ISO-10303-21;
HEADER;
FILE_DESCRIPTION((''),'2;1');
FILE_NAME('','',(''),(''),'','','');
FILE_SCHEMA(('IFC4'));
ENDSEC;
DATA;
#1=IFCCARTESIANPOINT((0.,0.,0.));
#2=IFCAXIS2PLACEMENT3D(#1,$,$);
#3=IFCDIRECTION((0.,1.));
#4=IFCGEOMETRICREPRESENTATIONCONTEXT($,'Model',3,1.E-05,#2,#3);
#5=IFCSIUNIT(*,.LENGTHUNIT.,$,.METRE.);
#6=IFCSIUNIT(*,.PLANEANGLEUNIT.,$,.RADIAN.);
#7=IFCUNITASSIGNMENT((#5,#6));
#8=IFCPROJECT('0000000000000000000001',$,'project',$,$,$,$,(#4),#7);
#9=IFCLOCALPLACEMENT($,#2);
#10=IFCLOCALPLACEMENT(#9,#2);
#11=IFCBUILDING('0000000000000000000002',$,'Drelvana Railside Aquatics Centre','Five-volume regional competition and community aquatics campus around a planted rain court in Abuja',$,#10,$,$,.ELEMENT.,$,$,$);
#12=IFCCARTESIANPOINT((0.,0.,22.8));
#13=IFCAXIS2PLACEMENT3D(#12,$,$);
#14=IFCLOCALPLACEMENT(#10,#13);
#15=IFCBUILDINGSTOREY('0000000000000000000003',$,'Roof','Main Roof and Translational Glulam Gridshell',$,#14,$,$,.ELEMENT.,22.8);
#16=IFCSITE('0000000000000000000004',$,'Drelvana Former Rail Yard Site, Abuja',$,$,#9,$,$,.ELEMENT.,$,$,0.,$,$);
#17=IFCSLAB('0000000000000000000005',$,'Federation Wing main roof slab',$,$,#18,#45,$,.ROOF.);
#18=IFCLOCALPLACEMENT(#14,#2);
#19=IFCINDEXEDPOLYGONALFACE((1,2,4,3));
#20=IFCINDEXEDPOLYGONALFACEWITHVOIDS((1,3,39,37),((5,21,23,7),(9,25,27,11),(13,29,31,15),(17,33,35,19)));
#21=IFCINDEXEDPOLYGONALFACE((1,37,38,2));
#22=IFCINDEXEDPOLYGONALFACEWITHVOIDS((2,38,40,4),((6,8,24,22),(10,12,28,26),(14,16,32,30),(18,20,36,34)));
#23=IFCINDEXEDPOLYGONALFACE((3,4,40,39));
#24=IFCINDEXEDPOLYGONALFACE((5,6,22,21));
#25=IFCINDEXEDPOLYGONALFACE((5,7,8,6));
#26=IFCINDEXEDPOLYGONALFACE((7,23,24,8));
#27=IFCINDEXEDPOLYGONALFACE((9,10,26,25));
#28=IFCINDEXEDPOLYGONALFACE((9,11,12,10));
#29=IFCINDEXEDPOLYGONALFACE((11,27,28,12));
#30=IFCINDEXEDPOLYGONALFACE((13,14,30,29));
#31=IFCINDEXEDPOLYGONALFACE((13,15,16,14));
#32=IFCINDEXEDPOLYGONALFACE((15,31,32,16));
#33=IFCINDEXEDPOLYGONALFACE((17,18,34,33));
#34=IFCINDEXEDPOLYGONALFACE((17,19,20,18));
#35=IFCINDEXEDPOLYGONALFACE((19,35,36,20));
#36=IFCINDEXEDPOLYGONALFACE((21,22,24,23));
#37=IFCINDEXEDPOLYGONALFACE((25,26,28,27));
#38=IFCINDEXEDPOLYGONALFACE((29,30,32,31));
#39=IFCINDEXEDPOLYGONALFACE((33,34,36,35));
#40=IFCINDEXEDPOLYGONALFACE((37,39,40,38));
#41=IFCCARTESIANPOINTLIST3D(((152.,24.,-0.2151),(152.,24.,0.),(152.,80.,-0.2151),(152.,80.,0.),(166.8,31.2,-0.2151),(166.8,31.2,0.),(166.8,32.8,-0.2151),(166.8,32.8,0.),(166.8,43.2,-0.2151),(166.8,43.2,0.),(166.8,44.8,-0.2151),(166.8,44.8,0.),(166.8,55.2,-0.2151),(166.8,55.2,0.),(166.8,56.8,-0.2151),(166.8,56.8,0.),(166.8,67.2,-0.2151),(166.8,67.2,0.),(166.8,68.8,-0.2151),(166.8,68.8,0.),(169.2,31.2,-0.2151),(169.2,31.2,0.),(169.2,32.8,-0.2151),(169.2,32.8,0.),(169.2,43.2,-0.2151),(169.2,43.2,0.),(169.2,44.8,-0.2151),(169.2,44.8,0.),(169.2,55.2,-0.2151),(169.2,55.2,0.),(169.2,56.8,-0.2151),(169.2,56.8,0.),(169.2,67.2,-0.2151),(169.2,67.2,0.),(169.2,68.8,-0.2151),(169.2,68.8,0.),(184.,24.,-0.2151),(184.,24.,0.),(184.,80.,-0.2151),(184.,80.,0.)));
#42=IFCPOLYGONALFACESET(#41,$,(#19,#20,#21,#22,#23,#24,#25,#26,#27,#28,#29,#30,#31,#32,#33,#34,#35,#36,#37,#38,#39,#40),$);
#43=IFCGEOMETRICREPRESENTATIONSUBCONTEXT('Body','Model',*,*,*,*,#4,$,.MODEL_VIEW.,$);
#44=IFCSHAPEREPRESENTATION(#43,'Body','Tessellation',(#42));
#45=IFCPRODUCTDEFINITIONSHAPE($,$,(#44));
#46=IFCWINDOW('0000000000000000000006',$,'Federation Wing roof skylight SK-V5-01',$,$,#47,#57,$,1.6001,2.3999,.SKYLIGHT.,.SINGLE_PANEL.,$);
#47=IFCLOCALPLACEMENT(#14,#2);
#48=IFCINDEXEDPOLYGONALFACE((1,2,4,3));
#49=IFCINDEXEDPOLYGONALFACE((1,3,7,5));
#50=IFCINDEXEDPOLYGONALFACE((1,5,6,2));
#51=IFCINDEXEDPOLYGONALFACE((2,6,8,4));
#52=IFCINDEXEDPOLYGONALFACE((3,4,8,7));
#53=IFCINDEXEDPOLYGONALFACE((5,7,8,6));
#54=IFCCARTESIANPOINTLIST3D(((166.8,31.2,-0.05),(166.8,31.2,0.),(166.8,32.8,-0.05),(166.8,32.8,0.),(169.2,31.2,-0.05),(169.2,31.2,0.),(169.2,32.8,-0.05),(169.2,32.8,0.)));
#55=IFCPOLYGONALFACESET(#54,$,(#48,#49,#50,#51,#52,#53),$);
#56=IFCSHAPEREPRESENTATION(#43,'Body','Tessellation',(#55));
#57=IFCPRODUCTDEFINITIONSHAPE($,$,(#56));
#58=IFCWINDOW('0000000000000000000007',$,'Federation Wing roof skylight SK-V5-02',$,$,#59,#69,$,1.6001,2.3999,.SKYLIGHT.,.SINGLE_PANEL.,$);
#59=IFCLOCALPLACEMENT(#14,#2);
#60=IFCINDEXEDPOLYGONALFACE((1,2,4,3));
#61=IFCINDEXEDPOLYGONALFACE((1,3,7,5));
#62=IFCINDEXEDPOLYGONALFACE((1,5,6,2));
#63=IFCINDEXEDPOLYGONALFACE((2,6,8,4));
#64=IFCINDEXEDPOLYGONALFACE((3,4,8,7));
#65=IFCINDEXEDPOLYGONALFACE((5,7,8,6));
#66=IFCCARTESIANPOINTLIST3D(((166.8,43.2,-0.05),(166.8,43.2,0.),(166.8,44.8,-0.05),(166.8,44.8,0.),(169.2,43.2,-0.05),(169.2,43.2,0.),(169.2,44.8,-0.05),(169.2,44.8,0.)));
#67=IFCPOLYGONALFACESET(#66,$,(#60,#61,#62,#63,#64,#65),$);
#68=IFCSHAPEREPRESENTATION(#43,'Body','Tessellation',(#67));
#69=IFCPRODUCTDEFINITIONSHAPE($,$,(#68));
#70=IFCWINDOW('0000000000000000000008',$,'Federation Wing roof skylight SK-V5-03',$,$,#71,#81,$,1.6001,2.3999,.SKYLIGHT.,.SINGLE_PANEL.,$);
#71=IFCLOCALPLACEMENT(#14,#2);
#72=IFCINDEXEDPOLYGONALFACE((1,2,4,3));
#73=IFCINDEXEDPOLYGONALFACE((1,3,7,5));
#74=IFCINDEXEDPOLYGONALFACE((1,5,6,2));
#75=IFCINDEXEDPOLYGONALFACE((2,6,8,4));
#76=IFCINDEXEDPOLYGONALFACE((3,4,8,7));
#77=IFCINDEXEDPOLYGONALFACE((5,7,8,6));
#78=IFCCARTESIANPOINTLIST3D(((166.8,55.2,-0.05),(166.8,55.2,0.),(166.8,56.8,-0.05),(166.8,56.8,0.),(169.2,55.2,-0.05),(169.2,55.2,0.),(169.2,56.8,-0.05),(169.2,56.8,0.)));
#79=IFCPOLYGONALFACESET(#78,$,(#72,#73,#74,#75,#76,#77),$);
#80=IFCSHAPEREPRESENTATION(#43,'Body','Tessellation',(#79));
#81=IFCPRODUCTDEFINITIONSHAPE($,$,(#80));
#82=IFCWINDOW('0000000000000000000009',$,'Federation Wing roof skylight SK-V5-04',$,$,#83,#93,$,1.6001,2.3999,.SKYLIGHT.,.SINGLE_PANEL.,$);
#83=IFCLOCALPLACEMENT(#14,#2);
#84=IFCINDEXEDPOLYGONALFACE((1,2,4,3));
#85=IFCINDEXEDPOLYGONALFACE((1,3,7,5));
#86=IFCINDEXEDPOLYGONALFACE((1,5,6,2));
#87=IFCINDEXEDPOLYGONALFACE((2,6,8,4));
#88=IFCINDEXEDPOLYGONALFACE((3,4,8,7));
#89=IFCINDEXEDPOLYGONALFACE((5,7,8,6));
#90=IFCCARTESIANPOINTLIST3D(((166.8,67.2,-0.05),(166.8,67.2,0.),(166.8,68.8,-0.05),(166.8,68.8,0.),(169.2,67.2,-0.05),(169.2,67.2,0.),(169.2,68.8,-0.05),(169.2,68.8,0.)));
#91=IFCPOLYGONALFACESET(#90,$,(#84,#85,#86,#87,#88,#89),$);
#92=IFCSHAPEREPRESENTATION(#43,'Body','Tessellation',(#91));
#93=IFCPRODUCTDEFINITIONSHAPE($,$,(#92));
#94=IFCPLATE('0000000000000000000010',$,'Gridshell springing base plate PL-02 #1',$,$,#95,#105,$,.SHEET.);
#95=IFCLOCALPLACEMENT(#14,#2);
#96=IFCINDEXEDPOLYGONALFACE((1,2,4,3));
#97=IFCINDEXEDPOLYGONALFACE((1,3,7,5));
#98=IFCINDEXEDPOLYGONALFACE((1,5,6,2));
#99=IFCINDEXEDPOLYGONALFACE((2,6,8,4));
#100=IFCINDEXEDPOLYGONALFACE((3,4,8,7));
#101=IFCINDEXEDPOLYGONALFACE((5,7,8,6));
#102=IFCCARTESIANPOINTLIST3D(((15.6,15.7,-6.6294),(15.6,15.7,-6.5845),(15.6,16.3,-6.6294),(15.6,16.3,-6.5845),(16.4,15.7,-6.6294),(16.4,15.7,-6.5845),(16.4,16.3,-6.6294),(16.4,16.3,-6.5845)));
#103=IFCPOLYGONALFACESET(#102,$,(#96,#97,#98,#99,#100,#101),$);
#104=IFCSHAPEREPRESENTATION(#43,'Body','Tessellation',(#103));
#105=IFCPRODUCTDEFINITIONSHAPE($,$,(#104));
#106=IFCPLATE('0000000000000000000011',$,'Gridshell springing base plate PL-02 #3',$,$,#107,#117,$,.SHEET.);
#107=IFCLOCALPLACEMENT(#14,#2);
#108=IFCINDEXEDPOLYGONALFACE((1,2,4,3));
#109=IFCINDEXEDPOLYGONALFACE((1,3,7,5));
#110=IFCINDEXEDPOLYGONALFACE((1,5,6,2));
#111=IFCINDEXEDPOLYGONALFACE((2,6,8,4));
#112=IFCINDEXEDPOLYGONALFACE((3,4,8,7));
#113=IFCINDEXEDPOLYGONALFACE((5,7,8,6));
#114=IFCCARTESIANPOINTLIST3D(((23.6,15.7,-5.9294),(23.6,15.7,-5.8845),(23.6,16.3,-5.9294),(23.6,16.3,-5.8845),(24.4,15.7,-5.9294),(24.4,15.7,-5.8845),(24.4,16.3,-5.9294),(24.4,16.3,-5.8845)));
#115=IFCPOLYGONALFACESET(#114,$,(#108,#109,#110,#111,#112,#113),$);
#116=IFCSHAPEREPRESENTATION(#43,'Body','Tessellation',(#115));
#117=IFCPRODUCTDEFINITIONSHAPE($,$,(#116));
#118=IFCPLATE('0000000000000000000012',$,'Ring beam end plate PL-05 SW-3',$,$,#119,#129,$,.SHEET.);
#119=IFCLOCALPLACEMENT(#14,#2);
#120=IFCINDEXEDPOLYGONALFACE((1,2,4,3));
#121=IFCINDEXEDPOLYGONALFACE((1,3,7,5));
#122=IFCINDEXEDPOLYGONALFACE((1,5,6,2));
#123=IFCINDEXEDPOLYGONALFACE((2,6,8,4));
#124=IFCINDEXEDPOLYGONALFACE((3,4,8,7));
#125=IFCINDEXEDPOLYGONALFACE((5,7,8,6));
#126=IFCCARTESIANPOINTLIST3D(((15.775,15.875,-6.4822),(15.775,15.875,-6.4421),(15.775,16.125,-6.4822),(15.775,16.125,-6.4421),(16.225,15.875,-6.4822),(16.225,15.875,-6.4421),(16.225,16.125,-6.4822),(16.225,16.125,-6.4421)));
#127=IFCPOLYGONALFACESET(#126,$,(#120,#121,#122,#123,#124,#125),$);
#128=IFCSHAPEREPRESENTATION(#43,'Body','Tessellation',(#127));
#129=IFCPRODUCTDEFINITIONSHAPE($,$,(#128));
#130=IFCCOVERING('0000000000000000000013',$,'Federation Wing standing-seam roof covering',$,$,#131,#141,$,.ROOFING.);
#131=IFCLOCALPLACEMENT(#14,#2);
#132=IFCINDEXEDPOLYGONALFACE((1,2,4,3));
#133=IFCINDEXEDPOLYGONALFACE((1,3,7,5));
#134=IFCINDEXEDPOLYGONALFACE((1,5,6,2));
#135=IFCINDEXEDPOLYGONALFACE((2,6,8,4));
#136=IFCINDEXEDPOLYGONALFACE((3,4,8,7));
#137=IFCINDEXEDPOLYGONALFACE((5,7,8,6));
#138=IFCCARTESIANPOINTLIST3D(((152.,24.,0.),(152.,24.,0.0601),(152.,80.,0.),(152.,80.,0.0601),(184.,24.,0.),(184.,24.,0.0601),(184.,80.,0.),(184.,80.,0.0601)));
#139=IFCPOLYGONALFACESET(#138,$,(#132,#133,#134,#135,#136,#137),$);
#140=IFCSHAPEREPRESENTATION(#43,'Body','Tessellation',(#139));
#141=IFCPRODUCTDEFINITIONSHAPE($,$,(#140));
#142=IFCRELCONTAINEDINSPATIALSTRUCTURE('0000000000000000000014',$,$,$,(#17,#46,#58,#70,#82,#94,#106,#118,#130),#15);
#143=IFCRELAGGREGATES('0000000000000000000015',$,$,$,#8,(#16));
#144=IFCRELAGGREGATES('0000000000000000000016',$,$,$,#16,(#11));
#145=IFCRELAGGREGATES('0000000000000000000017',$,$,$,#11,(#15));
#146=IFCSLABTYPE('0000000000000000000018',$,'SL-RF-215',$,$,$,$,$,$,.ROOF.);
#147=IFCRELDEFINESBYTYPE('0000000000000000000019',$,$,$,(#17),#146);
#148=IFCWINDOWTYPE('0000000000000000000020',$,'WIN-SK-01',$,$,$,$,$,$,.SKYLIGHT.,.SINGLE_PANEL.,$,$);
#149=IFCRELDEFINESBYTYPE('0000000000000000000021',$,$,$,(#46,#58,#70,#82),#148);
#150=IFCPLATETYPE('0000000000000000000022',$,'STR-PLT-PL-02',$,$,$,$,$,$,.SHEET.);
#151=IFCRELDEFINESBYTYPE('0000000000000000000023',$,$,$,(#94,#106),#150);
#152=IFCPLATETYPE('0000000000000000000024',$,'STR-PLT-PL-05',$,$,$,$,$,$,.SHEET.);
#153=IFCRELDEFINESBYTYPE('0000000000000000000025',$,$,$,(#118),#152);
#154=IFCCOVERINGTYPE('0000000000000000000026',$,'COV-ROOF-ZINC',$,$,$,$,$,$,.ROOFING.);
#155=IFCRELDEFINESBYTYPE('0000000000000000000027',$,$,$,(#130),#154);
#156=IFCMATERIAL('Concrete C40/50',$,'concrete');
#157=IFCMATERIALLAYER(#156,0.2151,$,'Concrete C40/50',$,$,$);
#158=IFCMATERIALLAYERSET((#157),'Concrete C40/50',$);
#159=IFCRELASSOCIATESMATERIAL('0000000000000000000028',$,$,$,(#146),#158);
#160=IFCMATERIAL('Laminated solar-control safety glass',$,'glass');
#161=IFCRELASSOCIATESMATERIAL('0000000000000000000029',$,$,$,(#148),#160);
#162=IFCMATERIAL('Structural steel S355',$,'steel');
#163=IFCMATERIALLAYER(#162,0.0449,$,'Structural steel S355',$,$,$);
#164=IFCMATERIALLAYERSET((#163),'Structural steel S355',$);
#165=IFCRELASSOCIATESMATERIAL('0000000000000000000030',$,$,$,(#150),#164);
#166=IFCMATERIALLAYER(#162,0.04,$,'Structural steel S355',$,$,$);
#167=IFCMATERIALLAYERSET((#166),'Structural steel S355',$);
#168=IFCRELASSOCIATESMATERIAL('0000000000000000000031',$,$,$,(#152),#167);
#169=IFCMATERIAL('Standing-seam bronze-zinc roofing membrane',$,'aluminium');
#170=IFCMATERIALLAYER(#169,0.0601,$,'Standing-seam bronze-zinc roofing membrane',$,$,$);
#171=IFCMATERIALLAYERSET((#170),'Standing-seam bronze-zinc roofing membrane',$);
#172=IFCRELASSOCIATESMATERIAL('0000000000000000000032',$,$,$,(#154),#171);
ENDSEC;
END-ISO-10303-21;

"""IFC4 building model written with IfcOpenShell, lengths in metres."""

from ifc_helpers import new_model, si_unit, direction, frame, origin, origin_2d, place, context, subcontext, project, spatial, polyline, rectangle, outline, extrude, material, layer, layer_set, type_object, element, fill, save


model = new_model("IFC4")

# Units and contexts
model_context = context("Model", 3, precision=1e-05, world=origin(), true_north=direction((0.0, 1.0)))
body_context = subcontext(model_context, "Body", "Model", "MODEL_VIEW")
ifc_project = project(units=[si_unit("LENGTHUNIT", "METRE"), si_unit("PLANEANGLEUNIT", "RADIAN")], contexts=[model_context])

# Site, building, storey
site_placement = place(None, origin())
site = spatial("IfcSite", under=ifc_project, at=site_placement, Name="Drelvana Former Rail Yard Site, Abuja", CompositionType="ELEMENT", RefElevation=0.0)
building_placement = place(site_placement, origin())
building = spatial("IfcBuilding", under=site, at=building_placement, Name="Drelvana Railside Aquatics Centre", Description="Five-volume regional competition and community aquatics campus around a planted rain court in Abuja", CompositionType="ELEMENT")
storey_placement = place(building_placement, frame((0.0, 0.0, 22.8)))
storey = spatial("IfcBuildingStorey", under=building, at=storey_placement, Name="Roof", Description="Main Roof and Translational Glulam Gridshell", CompositionType="ELEMENT", Elevation=22.8)

# Shared definitions
ifc_material_1 = material(Name="Structural steel S355", Category="steel")

# Shared definitions
ifc_material_2 = material(Name="Laminated solar-control safety glass", Category="glass")

# Slab, openings, windows
ifc_material_3 = material(Name="Concrete C40/50", Category="concrete")
ifc_layer_1 = layer(ifc_material_3, 0.2151, Name="Concrete C40/50")
ifc_layer_set_1 = layer_set([ifc_layer_1], Name="Concrete C40/50")
slab_type_1 = type_object("IfcSlabType", Name="SL-RF-215", PredefinedType="ROOF", material=ifc_layer_set_1)
slab_1_placement = place(storey_placement, frame((0.0, 0.0, -0.2151)))
slab_1 = element("IfcSlab", 1, at=slab_1_placement, inside=storey, type_object=slab_type_1, Name="Federation Wing main roof slab", PredefinedType="ROOF", context=body_context, shape_type="SweptSolid", body=[
    extrude(outline(polyline([(152.0, 24.0), (184.0, 24.0), (184.0, 80.0), (152.0, 80.0), (152.0, 24.0)])), origin(), (0.0, 0.0, 1.0), 0.2151),
])
opening_1_placement = place(slab_1_placement, frame((168.0, 32.0, -0.01), z_axis=(0.0, 0.0, 1.0), x_axis=(1.0, 0.0, 0.0)))
opening_1 = element("IfcOpeningElement", 2, at=opening_1_placement, cuts=slab_1, PredefinedType="OPENING", context=body_context, shape_type="SweptSolid", body=[
    extrude(rectangle(XDim=2.3999, YDim=1.6001, at=origin_2d()), origin(), (0.0, 0.0, 1.0), 0.2351),
])
opening_2_placement = place(slab_1_placement, frame((168.0, 44.0, -0.01), z_axis=(0.0, 0.0, 1.0), x_axis=(1.0, 0.0, 0.0)))
opening_2 = element("IfcOpeningElement", 3, at=opening_2_placement, cuts=slab_1, PredefinedType="OPENING", context=body_context, shape_type="SweptSolid", body=[
    extrude(rectangle(XDim=2.3999, YDim=1.6001, at=origin_2d()), origin(), (0.0, 0.0, 1.0), 0.2351),
])
opening_3_placement = place(slab_1_placement, frame((168.0, 56.0, -0.01), z_axis=(0.0, 0.0, 1.0), x_axis=(1.0, 0.0, 0.0)))
opening_3 = element("IfcOpeningElement", 4, at=opening_3_placement, cuts=slab_1, PredefinedType="OPENING", context=body_context, shape_type="SweptSolid", body=[
    extrude(rectangle(XDim=2.3999, YDim=1.6001, at=origin_2d()), origin(), (0.0, 0.0, 1.0), 0.2351),
])
opening_4_placement = place(slab_1_placement, frame((168.0, 68.0, -0.01), z_axis=(0.0, 0.0, 1.0), x_axis=(1.0, 0.0, 0.0)))
opening_4 = element("IfcOpeningElement", 5, at=opening_4_placement, cuts=slab_1, PredefinedType="OPENING", context=body_context, shape_type="SweptSolid", body=[
    extrude(rectangle(XDim=2.3999, YDim=1.6001, at=origin_2d()), origin(), (0.0, 0.0, 1.0), 0.2351),
])
window_type_1 = type_object("IfcWindowType", Name="WIN-SK-01", PartitioningType="SINGLE_PANEL", PredefinedType="SKYLIGHT", material=ifc_material_2)
window_1_placement = place(slab_1_placement, frame((168.0, 32.0, 0.165), z_axis=(0.0, 0.0, 1.0), x_axis=(1.0, 0.0, 0.0)))
window_1 = element("IfcWindow", 6, at=window_1_placement, inside=storey, type_object=window_type_1, Name="Federation Wing roof skylight SK-V5-01", OverallHeight=1.6001, OverallWidth=2.3999, PartitioningType="SINGLE_PANEL", PredefinedType="SKYLIGHT", context=body_context, shape_type="SweptSolid", body=[
    extrude(rectangle(XDim=2.3999, YDim=1.6001, at=origin_2d()), origin(), (0.0, 0.0, 1.0), 0.05),
])
fill(opening_1, window_1)
window_2_placement = place(slab_1_placement, frame((168.0, 44.0, 0.165), z_axis=(0.0, 0.0, 1.0), x_axis=(1.0, 0.0, 0.0)))
window_2 = element("IfcWindow", 7, at=window_2_placement, inside=storey, type_object=window_type_1, Name="Federation Wing roof skylight SK-V5-02", OverallHeight=1.6001, OverallWidth=2.3999, PartitioningType="SINGLE_PANEL", PredefinedType="SKYLIGHT", context=body_context, shape_type="SweptSolid", body=[
    extrude(rectangle(XDim=2.3999, YDim=1.6001, at=origin_2d()), origin(), (0.0, 0.0, 1.0), 0.05),
])
fill(opening_2, window_2)
window_3_placement = place(slab_1_placement, frame((168.0, 56.0, 0.165), z_axis=(0.0, 0.0, 1.0), x_axis=(1.0, 0.0, 0.0)))
window_3 = element("IfcWindow", 8, at=window_3_placement, inside=storey, type_object=window_type_1, Name="Federation Wing roof skylight SK-V5-03", OverallHeight=1.6001, OverallWidth=2.3999, PartitioningType="SINGLE_PANEL", PredefinedType="SKYLIGHT", context=body_context, shape_type="SweptSolid", body=[
    extrude(rectangle(XDim=2.3999, YDim=1.6001, at=origin_2d()), origin(), (0.0, 0.0, 1.0), 0.05),
])
fill(opening_3, window_3)
window_4_placement = place(slab_1_placement, frame((168.0, 68.0, 0.165), z_axis=(0.0, 0.0, 1.0), x_axis=(1.0, 0.0, 0.0)))
window_4 = element("IfcWindow", 9, at=window_4_placement, inside=storey, type_object=window_type_1, Name="Federation Wing roof skylight SK-V5-04", OverallHeight=1.6001, OverallWidth=2.3999, PartitioningType="SINGLE_PANEL", PredefinedType="SKYLIGHT", context=body_context, shape_type="SweptSolid", body=[
    extrude(rectangle(XDim=2.3999, YDim=1.6001, at=origin_2d()), origin(), (0.0, 0.0, 1.0), 0.05),
])
fill(opening_4, window_4)

# Plates
ifc_layer_2 = layer(ifc_material_1, 0.0449, Name="Structural steel S355")
ifc_layer_set_2 = layer_set([ifc_layer_2], Name="Structural steel S355")
plate_type_1 = type_object("IfcPlateType", Name="STR-PLT-PL-02", PredefinedType="SHEET", material=ifc_layer_set_2)
for number, where, z_axis, x_axis, name in (
    (10, (16.0, 16.0, -6.6294), (0.0, 0.0, 1.0), (1.0, 0.0, 0.0), "Gridshell springing base plate PL-02 #1"),
    (11, (24.0, 16.0, -5.9294), (0.0, 0.0, 1.0), (1.0, 0.0, 0.0), "Gridshell springing base plate PL-02 #3"),
):
    element("IfcPlate", number, at=place(storey_placement, frame(where, z_axis=z_axis, x_axis=x_axis)), inside=storey, type_object=plate_type_1, Name=name, PredefinedType="SHEET", context=body_context, shape_type="SweptSolid", body=[
        extrude(rectangle(XDim=0.8, YDim=0.6001, at=origin_2d()), origin(), (0.0, 0.0, 1.0), 0.0449),
    ])
ifc_layer_3 = layer(ifc_material_1, 0.04, Name="Structural steel S355")
ifc_layer_set_3 = layer_set([ifc_layer_3], Name="Structural steel S355")
plate_type_2 = type_object("IfcPlateType", Name="STR-PLT-PL-05", PredefinedType="SHEET", material=ifc_layer_set_3)
plate_placement = place(storey_placement, frame((16.0, 16.0, -6.4822), z_axis=(0.0, 0.0, 1.0), x_axis=(1.0, 0.0, 0.0)))
element("IfcPlate", 12, at=plate_placement, inside=storey, type_object=plate_type_2, Name="Ring beam end plate PL-05 SW-3", PredefinedType="SHEET", context=body_context, shape_type="SweptSolid", body=[
    extrude(rectangle(XDim=0.45, YDim=0.25, at=origin_2d()), origin(), (0.0, 0.0, 1.0), 0.04),
])

# Covering
ifc_material_4 = material(Name="Standing-seam bronze-zinc roofing membrane", Category="aluminium")
ifc_layer_4 = layer(ifc_material_4, 0.0601, Name="Standing-seam bronze-zinc roofing membrane")
ifc_layer_set_4 = layer_set([ifc_layer_4], Name="Standing-seam bronze-zinc roofing membrane")
covering_type = type_object("IfcCoveringType", Name="COV-ROOF-ZINC", PredefinedType="ROOFING", material=ifc_layer_set_4)
covering_placement = place(storey_placement, origin())
element("IfcCovering", 13, at=covering_placement, inside=storey, type_object=covering_type, Name="Federation Wing standing-seam roof covering", PredefinedType="ROOFING", context=body_context, shape_type="SweptSolid", body=[
    extrude(outline(polyline([(152.0, 24.0), (184.0, 24.0), (184.0, 80.0), (152.0, 80.0), (152.0, 24.0)])), origin(), (0.0, 0.0, 1.0), 0.0601),
])

save(model, "model.ifc")
